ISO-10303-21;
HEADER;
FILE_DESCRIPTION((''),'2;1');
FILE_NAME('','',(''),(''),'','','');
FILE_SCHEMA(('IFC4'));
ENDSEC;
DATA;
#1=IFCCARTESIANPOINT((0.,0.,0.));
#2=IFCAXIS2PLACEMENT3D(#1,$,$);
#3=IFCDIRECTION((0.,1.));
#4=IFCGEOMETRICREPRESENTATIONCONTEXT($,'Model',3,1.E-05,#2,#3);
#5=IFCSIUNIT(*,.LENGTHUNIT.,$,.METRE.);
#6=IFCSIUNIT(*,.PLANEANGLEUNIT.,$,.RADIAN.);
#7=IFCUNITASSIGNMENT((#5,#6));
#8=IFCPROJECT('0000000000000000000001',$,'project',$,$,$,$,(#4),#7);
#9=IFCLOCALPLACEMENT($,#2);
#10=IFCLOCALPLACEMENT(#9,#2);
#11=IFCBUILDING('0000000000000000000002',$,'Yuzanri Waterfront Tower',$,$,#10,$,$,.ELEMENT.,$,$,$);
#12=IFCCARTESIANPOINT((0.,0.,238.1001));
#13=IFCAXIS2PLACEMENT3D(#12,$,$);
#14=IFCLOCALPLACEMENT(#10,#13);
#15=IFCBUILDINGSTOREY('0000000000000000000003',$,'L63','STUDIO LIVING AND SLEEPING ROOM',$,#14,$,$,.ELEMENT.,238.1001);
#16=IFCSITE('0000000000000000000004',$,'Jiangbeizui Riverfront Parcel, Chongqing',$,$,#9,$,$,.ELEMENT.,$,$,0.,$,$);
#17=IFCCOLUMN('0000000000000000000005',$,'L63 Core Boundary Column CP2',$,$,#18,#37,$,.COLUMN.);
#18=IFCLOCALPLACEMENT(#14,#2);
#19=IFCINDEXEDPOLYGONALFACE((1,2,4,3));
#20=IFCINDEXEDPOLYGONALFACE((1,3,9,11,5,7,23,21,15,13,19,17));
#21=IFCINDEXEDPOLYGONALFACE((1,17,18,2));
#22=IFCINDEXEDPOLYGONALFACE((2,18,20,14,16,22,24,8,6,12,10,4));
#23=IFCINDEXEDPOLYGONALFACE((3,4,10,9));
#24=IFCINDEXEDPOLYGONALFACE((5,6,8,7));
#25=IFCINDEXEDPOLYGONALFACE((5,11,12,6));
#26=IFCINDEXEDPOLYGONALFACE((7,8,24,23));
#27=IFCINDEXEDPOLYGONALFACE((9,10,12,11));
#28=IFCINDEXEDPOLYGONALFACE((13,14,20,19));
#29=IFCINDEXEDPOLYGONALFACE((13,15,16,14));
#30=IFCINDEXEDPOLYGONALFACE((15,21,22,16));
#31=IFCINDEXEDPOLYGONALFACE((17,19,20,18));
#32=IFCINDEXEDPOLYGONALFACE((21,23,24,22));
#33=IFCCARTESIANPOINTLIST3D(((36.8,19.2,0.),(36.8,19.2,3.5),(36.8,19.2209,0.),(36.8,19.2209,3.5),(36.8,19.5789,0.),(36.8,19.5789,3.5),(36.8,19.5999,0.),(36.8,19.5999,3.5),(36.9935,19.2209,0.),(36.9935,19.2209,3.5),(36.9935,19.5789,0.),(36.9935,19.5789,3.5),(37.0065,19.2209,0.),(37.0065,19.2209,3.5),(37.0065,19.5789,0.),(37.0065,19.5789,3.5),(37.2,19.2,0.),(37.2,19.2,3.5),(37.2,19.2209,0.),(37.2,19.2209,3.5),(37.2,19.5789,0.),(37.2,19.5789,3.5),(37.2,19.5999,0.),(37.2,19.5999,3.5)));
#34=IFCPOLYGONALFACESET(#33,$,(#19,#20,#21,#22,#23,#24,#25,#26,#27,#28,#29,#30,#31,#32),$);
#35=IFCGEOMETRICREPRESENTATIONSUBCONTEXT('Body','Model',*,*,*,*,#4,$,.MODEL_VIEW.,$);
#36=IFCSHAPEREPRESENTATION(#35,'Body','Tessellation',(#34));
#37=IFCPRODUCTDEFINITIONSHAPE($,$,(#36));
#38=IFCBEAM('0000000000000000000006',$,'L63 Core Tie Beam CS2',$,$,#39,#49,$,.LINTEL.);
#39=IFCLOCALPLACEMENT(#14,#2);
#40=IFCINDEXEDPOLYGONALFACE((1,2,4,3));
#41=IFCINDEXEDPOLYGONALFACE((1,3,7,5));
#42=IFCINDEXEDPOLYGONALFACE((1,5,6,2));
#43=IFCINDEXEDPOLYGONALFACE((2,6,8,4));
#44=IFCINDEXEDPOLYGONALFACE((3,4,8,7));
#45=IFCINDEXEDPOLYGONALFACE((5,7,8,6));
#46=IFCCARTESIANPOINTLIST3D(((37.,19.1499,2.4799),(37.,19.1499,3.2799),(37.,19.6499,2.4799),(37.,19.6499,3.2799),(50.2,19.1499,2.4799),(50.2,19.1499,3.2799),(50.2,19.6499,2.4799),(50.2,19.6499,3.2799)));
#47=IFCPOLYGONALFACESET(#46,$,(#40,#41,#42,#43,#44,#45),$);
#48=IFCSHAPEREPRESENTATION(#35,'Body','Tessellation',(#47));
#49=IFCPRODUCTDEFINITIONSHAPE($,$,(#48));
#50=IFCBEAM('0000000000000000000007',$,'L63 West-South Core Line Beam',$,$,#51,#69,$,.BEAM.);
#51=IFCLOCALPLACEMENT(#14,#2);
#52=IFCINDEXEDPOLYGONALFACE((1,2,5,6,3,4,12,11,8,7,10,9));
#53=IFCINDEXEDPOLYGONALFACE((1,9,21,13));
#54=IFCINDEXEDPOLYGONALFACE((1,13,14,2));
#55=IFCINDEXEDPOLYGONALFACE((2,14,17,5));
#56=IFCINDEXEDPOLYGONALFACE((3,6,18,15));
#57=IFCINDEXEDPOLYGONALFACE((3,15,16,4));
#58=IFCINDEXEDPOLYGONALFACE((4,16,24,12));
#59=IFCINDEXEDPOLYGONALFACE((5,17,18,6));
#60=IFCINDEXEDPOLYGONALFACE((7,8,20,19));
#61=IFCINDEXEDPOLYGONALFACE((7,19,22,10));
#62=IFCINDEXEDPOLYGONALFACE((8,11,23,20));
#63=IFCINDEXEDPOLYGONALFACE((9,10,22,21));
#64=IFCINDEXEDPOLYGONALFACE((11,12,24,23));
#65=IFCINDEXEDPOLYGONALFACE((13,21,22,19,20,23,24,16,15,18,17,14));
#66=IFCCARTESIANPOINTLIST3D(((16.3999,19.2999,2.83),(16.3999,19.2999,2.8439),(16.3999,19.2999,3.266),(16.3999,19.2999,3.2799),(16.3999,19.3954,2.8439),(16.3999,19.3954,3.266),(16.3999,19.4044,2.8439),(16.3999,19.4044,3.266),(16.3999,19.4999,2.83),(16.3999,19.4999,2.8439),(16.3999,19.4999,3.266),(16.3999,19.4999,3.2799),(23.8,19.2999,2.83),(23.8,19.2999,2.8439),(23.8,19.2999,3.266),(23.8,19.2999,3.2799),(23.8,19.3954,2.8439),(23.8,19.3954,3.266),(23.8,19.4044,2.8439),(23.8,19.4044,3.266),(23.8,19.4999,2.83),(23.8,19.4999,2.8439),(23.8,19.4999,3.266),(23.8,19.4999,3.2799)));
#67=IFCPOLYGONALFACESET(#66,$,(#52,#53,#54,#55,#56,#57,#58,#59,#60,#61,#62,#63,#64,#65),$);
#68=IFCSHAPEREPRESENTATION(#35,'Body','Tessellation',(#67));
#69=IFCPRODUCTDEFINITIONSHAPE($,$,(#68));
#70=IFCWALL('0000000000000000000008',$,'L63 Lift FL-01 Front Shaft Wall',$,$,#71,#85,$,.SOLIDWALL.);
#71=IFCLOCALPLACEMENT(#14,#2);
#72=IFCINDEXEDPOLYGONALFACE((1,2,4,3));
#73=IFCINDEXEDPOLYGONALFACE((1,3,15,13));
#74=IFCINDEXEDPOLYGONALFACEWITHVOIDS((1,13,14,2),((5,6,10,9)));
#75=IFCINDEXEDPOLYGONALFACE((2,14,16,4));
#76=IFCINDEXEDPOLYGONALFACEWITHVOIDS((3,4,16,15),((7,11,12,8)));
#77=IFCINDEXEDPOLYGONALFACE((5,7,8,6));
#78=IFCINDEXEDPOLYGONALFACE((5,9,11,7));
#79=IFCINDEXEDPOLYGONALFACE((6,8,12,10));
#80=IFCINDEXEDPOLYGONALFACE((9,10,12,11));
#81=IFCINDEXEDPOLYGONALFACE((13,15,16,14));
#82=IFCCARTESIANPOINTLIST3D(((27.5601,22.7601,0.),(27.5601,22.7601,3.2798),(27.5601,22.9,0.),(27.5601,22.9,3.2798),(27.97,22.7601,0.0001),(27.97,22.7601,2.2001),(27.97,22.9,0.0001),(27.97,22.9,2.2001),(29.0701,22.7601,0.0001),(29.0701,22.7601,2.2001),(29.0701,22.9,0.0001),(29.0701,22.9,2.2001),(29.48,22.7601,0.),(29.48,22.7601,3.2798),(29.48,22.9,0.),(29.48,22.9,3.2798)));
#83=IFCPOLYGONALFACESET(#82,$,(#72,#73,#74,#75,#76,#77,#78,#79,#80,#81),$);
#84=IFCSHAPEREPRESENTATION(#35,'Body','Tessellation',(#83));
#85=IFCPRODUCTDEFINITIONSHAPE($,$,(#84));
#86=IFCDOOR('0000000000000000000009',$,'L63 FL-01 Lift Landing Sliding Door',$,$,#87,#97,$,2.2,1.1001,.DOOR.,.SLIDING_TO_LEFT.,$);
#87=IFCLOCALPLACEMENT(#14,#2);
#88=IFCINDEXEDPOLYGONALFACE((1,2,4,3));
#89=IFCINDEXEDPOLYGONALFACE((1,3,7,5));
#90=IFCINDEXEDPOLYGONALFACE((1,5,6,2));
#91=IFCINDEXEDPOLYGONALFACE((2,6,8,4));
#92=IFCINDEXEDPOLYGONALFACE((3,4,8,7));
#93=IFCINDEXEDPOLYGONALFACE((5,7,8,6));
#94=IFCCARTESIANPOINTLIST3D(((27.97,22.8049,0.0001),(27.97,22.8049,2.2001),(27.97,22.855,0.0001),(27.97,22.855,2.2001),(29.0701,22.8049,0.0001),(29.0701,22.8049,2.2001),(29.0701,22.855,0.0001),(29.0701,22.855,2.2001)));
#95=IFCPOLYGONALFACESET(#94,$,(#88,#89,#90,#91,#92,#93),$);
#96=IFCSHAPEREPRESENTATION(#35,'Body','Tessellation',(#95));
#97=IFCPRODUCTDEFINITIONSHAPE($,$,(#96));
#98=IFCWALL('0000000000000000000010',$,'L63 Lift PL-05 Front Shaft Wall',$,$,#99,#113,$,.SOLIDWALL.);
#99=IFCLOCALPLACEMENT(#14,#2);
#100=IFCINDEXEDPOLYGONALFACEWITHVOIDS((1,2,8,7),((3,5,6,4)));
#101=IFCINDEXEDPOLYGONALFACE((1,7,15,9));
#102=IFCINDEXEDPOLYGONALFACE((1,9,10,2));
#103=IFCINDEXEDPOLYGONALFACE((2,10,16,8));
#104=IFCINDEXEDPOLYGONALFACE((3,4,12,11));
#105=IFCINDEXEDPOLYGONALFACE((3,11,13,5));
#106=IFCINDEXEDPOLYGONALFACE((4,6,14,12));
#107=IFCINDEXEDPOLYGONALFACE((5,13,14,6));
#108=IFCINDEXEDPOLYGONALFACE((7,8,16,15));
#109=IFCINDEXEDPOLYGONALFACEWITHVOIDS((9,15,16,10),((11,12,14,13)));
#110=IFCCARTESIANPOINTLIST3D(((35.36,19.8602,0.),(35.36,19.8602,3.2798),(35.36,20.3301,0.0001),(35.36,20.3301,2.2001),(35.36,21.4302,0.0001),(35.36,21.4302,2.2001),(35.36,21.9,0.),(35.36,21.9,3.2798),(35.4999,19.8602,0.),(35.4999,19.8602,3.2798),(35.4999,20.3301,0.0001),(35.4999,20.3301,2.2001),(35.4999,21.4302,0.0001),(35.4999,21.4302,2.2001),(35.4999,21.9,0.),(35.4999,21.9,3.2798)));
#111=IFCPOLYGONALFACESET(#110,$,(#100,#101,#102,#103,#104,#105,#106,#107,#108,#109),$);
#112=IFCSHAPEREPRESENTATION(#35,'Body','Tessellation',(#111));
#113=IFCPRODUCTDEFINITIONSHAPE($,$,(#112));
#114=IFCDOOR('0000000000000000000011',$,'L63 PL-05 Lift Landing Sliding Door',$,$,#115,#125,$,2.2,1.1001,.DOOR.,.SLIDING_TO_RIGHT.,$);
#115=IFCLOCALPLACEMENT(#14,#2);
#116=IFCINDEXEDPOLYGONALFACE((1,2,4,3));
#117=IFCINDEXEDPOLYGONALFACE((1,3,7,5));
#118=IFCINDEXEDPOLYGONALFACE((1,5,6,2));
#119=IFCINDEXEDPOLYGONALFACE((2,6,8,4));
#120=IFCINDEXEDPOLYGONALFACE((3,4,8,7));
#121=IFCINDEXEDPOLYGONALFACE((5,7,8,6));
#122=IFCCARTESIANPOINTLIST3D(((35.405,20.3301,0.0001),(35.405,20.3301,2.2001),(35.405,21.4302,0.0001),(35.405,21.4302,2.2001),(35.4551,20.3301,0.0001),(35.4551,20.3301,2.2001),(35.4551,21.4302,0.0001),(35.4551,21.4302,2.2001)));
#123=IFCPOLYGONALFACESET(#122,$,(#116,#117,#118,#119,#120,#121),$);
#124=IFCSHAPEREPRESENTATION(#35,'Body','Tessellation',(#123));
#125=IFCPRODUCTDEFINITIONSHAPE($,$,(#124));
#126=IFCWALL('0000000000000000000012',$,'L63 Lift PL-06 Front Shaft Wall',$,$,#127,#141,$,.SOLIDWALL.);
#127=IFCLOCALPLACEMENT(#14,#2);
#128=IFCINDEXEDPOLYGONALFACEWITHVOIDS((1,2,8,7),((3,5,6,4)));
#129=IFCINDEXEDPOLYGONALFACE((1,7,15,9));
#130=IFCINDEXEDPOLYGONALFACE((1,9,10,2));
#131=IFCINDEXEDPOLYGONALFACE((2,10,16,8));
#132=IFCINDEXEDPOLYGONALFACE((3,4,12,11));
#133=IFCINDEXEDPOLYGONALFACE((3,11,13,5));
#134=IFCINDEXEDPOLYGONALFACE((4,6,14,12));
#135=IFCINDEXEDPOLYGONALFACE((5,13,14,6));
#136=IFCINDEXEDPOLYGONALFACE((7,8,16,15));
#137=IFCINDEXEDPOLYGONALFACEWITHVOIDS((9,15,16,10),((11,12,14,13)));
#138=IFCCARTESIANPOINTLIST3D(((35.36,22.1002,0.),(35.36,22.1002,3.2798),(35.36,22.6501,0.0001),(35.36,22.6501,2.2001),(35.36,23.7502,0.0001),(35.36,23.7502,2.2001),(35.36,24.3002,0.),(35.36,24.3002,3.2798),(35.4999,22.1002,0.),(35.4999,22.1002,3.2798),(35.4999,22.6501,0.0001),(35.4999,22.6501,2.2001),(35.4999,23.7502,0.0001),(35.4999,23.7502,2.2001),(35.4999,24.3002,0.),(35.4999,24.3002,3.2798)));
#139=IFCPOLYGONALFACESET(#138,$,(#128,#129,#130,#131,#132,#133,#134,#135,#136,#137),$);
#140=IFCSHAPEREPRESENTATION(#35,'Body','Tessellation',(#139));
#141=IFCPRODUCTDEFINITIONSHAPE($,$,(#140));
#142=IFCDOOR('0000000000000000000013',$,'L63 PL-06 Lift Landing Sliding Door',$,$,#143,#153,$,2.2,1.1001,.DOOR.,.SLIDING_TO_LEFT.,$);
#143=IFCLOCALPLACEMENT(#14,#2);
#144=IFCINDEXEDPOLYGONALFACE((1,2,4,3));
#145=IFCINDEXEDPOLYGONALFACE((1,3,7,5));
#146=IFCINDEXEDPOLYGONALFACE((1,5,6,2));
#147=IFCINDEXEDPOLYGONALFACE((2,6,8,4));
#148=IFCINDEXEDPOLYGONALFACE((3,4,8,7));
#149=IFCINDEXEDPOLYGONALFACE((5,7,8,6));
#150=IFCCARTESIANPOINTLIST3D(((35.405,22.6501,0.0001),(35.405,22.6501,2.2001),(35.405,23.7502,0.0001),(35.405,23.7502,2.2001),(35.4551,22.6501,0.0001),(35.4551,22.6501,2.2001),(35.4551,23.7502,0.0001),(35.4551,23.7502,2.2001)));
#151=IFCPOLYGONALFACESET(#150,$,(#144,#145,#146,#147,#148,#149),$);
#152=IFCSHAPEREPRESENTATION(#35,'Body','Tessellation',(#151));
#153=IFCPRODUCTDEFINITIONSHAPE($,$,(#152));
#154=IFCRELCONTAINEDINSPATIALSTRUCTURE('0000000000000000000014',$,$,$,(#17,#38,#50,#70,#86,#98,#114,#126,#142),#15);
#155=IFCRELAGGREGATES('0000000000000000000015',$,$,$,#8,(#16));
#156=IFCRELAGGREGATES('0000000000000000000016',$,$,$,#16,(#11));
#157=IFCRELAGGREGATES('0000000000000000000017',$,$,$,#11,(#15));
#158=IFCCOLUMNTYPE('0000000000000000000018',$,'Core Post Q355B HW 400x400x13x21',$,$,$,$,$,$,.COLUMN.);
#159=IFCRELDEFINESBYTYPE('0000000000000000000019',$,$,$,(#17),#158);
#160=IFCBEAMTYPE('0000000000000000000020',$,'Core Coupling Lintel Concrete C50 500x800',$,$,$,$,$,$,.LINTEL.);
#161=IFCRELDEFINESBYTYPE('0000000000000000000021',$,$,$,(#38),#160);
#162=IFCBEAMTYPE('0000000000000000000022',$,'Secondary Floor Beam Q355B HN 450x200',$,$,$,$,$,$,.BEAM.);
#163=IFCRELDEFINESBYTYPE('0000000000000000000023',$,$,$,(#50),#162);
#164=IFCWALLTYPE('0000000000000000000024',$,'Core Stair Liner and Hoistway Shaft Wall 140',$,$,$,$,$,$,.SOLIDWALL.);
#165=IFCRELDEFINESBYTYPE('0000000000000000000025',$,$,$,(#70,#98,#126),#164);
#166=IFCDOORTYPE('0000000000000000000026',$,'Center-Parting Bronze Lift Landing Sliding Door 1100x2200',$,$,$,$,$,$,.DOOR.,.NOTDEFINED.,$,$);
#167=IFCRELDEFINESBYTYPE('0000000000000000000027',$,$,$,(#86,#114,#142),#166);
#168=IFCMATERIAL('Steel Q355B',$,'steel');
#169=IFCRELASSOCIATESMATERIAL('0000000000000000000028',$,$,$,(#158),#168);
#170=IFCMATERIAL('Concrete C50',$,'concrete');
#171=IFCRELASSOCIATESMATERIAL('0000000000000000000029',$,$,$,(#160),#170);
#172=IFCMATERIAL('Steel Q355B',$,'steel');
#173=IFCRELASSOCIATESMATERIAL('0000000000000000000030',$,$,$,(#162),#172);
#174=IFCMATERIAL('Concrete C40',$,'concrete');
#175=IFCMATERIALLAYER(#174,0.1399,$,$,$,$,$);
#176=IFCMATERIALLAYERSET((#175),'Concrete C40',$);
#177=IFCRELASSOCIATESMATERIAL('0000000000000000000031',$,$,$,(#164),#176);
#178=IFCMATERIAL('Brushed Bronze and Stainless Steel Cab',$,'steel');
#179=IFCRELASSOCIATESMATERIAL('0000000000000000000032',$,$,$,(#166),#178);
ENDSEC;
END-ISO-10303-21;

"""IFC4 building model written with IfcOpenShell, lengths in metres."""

from ifc_helpers import new_model, si_unit, direction, frame, frame_2d, origin, origin_2d, place, context, subcontext, project, spatial, rectangle, i_section, extrude, source, transform, mapped, material, layer, layer_set, material_profile, profile_set, type_object, element, fill, save


model = new_model("IFC4")

# Units and contexts
model_context = context("Model", 3, precision=1e-05, world=origin(), true_north=direction((0.0, 1.0)))
body_context = subcontext(model_context, "Body", "Model", "MODEL_VIEW")
ifc_project = project(units=[si_unit("LENGTHUNIT", "METRE"), si_unit("PLANEANGLEUNIT", "RADIAN")], contexts=[model_context])

# Site, building, storey
site_placement = place(None, origin())
site = spatial("IfcSite", under=ifc_project, at=site_placement, Name="Jiangbeizui Riverfront Parcel, Chongqing", CompositionType="ELEMENT", RefElevation=0.0)
building_placement = place(site_placement, origin())
building = spatial("IfcBuilding", under=site, at=building_placement, Name="Yuzanri Waterfront Tower", CompositionType="ELEMENT")
storey_placement = place(building_placement, frame((0.0, 0.0, 238.1001)))
storey = spatial("IfcBuildingStorey", under=building, at=storey_placement, Name="L63", Description="STUDIO LIVING AND SLEEPING ROOM", CompositionType="ELEMENT", Elevation=238.1001)

# Column
ifc_material_1 = material(Name="Steel Q355B", Category="steel")
ifc_material_profile_1 = material_profile(ifc_material_1, i_section(OverallWidth=0.3999, OverallDepth=0.3999, WebThickness=0.0129, FlangeThickness=0.021, at=origin_2d()), Name="HW 400x400x13x21")
ifc_profile_set_1 = profile_set([ifc_material_profile_1], Name="Steel Q355B")
column_type = type_object("IfcColumnType", Name="Core Post Q355B HW 400x400x13x21", PredefinedType="COLUMN", material=ifc_profile_set_1)
shared_shape_1 = source(origin(), body_context, "Body", "SweptSolid", [
    extrude(i_section(OverallWidth=0.3999, OverallDepth=0.3999, WebThickness=0.0129, FlangeThickness=0.021, at=origin_2d()), origin(), (0.0, 0.0, 1.0), 3.5),
])
column_placement = place(storey_placement, frame((37.0, 19.3999, 0.0), z_axis=(0.0, 0.0, 1.0), x_axis=(1.0, 0.0, 0.0)))
element("IfcColumn", 1, at=column_placement, inside=storey, type_object=column_type, Name="L63 Core Boundary Column CP2", PredefinedType="COLUMN", context=body_context, shape_type="MappedRepresentation", body=[
    mapped(shared_shape_1, transform((0.0, 0.0, 0.0), scale=1.0)),
])

# Beams
ifc_material_2 = material(Name="Concrete C50", Category="concrete")
ifc_material_profile_2 = material_profile(ifc_material_2, rectangle(XDim=0.5, YDim=0.8, at=origin_2d()), Name="RC 500x800")
ifc_profile_set_2 = profile_set([ifc_material_profile_2], Name="Concrete C50")
beam_type_1 = type_object("IfcBeamType", Name="Core Coupling Lintel Concrete C50 500x800", PredefinedType="LINTEL", material=ifc_profile_set_2)
shared_shape_2 = source(origin(), body_context, "Body", "SweptSolid", [
    extrude(rectangle(XDim=0.5, YDim=0.8, at=origin_2d()), origin(), (0.0, 0.0, 1.0), 13.2),
])
beam_1_placement = place(storey_placement, frame((37.0, 19.3999, 2.8799), z_axis=(1.0, 0.0, 0.0), x_axis=(0.0, 1.0, 0.0)))
element("IfcBeam", 2, at=beam_1_placement, inside=storey, type_object=beam_type_1, Name="L63 Core Tie Beam CS2", PredefinedType="LINTEL", context=body_context, shape_type="MappedRepresentation", body=[
    mapped(shared_shape_2, transform((0.0, 0.0, 0.0), scale=1.0)),
])
ifc_material_3 = material(Name="Steel Q355B", Category="steel")
ifc_material_profile_3 = material_profile(ifc_material_3, i_section(OverallWidth=0.2, OverallDepth=0.45, WebThickness=0.009, FlangeThickness=0.0139, at=origin_2d()), Name="HN 450x200x9x14")
ifc_profile_set_3 = profile_set([ifc_material_profile_3], Name="Steel Q355B")
beam_type_2 = type_object("IfcBeamType", Name="Secondary Floor Beam Q355B HN 450x200", PredefinedType="BEAM", material=ifc_profile_set_3)
shared_shape_3 = source(origin(), body_context, "Body", "SweptSolid", [
    extrude(i_section(OverallWidth=0.2, OverallDepth=0.45, WebThickness=0.009, FlangeThickness=0.0139, at=origin_2d()), origin(), (0.0, 0.0, 1.0), 7.4001),
])
beam_2_placement = place(storey_placement, frame((23.8, 19.3999, 3.0549), z_axis=(-1.0, 0.0, 0.0), x_axis=(0.0, -1.0, 0.0)))
element("IfcBeam", 3, at=beam_2_placement, inside=storey, type_object=beam_type_2, Name="L63 West-South Core Line Beam", PredefinedType="BEAM", context=body_context, shape_type="MappedRepresentation", body=[
    mapped(shared_shape_3, transform((0.0, 0.0, 0.0), scale=1.0)),
])

# Walls, openings, doors
ifc_material_4 = material(Name="Concrete C40", Category="concrete")
ifc_layer_1 = layer(ifc_material_4, 0.1399)
ifc_layer_set_1 = layer_set([ifc_layer_1], Name="Concrete C40")
wall_type_1 = type_object("IfcWallType", Name="Core Stair Liner and Hoistway Shaft Wall 140", PredefinedType="SOLIDWALL", material=ifc_layer_set_1)
wall_1_placement = place(storey_placement, frame((27.5601, 22.8301, 0.0), z_axis=(0.0, 0.0, 1.0), x_axis=(1.0, 0.0, 0.0)))
wall_1 = element("IfcWall", 4, at=wall_1_placement, inside=storey, type_object=wall_type_1, Name="L63 Lift FL-01 Front Shaft Wall", PredefinedType="SOLIDWALL", context=body_context, shape_type="SweptSolid", body=[
    extrude(rectangle(XDim=1.9199, YDim=0.1399, at=frame_2d((0.96, 0.0))), origin(), (0.0, 0.0, 1.0), 3.2798),
])
opening_1_placement = place(wall_1_placement, frame((0.4099, 0.0, 0.0)))
opening_1 = element("IfcOpeningElement", 5, at=opening_1_placement, cuts=wall_1, PredefinedType="OPENING", context=body_context, shape_type="SweptSolid", body=[
    extrude(rectangle(XDim=1.1001, YDim=2.2, at=frame_2d((0.55, 1.1001))), frame((0.0, 0.085, 0.0), z_axis=(0.0, -1.0, 0.0), x_axis=(1.0, 0.0, 0.0)), (0.0, 0.0, 1.0), 0.1697),
])
ifc_material_5 = material(Name="Brushed Bronze and Stainless Steel Cab", Category="steel")
door_type_1 = type_object("IfcDoorType", Name="Center-Parting Bronze Lift Landing Sliding Door 1100x2200", OperationType="NOTDEFINED", PredefinedType="DOOR", material=ifc_material_5)
shared_shape_4 = source(origin(), body_context, "Body", "SweptSolid", [
    extrude(rectangle(XDim=1.1001, YDim=2.2, at=frame_2d((0.55, 1.1001))), frame((0.0, 0.0249, 0.0), z_axis=(0.0, -1.0, 0.0), x_axis=(1.0, 0.0, 0.0)), (0.0, 0.0, 1.0), 0.05),
])
door_1_placement = place(opening_1_placement, origin())
door_1 = element("IfcDoor", 6, at=door_1_placement, inside=storey, type_object=door_type_1, Name="L63 FL-01 Lift Landing Sliding Door", OperationType="SLIDING_TO_LEFT", OverallHeight=2.2, OverallWidth=1.1001, PredefinedType="DOOR", context=body_context, shape_type="MappedRepresentation", body=[
    mapped(shared_shape_4, transform((0.0, 0.0, 0.0), scale=1.0)),
])
fill(opening_1, door_1)
wall_2_placement = place(storey_placement, frame((35.4299, 19.8601, 0.0), z_axis=(0.0, 0.0, 1.0), x_axis=(0.0, 1.0, 0.0)))
wall_2 = element("IfcWall", 7, at=wall_2_placement, inside=storey, type_object=wall_type_1, Name="L63 Lift PL-05 Front Shaft Wall", PredefinedType="SOLIDWALL", context=body_context, shape_type="SweptSolid", body=[
    extrude(rectangle(XDim=2.0398, YDim=0.1399, at=frame_2d((1.02, 0.0))), origin(), (0.0, 0.0, 1.0), 3.2798),
])
opening_2_placement = place(wall_2_placement, frame((0.47, 0.0, 0.0)))
opening_2 = element("IfcOpeningElement", 8, at=opening_2_placement, cuts=wall_2, PredefinedType="OPENING", context=body_context, shape_type="SweptSolid", body=[
    extrude(rectangle(XDim=1.1001, YDim=2.2, at=frame_2d((0.55, 1.1001))), frame((0.0, 0.085, 0.0), z_axis=(0.0, -1.0, 0.0), x_axis=(1.0, 0.0, 0.0)), (0.0, 0.0, 1.0), 0.1697),
])
door_2_placement = place(opening_2_placement, origin())
door_2 = element("IfcDoor", 9, at=door_2_placement, inside=storey, type_object=door_type_1, Name="L63 PL-05 Lift Landing Sliding Door", OperationType="SLIDING_TO_RIGHT", OverallHeight=2.2, OverallWidth=1.1001, PredefinedType="DOOR", context=body_context, shape_type="MappedRepresentation", body=[
    mapped(shared_shape_4, transform((0.0, 0.0, 0.0), scale=1.0)),
])
fill(opening_2, door_2)
wall_3_placement = place(storey_placement, frame((35.4299, 22.1001, 0.0), z_axis=(0.0, 0.0, 1.0), x_axis=(0.0, 1.0, 0.0)))
wall_3 = element("IfcWall", 10, at=wall_3_placement, inside=storey, type_object=wall_type_1, Name="L63 Lift PL-06 Front Shaft Wall", PredefinedType="SOLIDWALL", context=body_context, shape_type="SweptSolid", body=[
    extrude(rectangle(XDim=2.2, YDim=0.1399, at=frame_2d((1.1001, 0.0))), origin(), (0.0, 0.0, 1.0), 3.2798),
])
opening_3_placement = place(wall_3_placement, frame((0.55, 0.0, 0.0)))
opening_3 = element("IfcOpeningElement", 11, at=opening_3_placement, cuts=wall_3, PredefinedType="OPENING", context=body_context, shape_type="SweptSolid", body=[
    extrude(rectangle(XDim=1.1001, YDim=2.2, at=frame_2d((0.55, 1.1001))), frame((0.0, 0.085, 0.0), z_axis=(0.0, -1.0, 0.0), x_axis=(1.0, 0.0, 0.0)), (0.0, 0.0, 1.0), 0.1697),
])
door_3_placement = place(opening_3_placement, origin())
door_3 = element("IfcDoor", 12, at=door_3_placement, inside=storey, type_object=door_type_1, Name="L63 PL-06 Lift Landing Sliding Door", OperationType="SLIDING_TO_LEFT", OverallHeight=2.2, OverallWidth=1.1001, PredefinedType="DOOR", context=body_context, shape_type="MappedRepresentation", body=[
    mapped(shared_shape_4, transform((0.0, 0.0, 0.0), scale=1.0)),
])
fill(opening_3, door_3)

save(model, "model.ifc")
